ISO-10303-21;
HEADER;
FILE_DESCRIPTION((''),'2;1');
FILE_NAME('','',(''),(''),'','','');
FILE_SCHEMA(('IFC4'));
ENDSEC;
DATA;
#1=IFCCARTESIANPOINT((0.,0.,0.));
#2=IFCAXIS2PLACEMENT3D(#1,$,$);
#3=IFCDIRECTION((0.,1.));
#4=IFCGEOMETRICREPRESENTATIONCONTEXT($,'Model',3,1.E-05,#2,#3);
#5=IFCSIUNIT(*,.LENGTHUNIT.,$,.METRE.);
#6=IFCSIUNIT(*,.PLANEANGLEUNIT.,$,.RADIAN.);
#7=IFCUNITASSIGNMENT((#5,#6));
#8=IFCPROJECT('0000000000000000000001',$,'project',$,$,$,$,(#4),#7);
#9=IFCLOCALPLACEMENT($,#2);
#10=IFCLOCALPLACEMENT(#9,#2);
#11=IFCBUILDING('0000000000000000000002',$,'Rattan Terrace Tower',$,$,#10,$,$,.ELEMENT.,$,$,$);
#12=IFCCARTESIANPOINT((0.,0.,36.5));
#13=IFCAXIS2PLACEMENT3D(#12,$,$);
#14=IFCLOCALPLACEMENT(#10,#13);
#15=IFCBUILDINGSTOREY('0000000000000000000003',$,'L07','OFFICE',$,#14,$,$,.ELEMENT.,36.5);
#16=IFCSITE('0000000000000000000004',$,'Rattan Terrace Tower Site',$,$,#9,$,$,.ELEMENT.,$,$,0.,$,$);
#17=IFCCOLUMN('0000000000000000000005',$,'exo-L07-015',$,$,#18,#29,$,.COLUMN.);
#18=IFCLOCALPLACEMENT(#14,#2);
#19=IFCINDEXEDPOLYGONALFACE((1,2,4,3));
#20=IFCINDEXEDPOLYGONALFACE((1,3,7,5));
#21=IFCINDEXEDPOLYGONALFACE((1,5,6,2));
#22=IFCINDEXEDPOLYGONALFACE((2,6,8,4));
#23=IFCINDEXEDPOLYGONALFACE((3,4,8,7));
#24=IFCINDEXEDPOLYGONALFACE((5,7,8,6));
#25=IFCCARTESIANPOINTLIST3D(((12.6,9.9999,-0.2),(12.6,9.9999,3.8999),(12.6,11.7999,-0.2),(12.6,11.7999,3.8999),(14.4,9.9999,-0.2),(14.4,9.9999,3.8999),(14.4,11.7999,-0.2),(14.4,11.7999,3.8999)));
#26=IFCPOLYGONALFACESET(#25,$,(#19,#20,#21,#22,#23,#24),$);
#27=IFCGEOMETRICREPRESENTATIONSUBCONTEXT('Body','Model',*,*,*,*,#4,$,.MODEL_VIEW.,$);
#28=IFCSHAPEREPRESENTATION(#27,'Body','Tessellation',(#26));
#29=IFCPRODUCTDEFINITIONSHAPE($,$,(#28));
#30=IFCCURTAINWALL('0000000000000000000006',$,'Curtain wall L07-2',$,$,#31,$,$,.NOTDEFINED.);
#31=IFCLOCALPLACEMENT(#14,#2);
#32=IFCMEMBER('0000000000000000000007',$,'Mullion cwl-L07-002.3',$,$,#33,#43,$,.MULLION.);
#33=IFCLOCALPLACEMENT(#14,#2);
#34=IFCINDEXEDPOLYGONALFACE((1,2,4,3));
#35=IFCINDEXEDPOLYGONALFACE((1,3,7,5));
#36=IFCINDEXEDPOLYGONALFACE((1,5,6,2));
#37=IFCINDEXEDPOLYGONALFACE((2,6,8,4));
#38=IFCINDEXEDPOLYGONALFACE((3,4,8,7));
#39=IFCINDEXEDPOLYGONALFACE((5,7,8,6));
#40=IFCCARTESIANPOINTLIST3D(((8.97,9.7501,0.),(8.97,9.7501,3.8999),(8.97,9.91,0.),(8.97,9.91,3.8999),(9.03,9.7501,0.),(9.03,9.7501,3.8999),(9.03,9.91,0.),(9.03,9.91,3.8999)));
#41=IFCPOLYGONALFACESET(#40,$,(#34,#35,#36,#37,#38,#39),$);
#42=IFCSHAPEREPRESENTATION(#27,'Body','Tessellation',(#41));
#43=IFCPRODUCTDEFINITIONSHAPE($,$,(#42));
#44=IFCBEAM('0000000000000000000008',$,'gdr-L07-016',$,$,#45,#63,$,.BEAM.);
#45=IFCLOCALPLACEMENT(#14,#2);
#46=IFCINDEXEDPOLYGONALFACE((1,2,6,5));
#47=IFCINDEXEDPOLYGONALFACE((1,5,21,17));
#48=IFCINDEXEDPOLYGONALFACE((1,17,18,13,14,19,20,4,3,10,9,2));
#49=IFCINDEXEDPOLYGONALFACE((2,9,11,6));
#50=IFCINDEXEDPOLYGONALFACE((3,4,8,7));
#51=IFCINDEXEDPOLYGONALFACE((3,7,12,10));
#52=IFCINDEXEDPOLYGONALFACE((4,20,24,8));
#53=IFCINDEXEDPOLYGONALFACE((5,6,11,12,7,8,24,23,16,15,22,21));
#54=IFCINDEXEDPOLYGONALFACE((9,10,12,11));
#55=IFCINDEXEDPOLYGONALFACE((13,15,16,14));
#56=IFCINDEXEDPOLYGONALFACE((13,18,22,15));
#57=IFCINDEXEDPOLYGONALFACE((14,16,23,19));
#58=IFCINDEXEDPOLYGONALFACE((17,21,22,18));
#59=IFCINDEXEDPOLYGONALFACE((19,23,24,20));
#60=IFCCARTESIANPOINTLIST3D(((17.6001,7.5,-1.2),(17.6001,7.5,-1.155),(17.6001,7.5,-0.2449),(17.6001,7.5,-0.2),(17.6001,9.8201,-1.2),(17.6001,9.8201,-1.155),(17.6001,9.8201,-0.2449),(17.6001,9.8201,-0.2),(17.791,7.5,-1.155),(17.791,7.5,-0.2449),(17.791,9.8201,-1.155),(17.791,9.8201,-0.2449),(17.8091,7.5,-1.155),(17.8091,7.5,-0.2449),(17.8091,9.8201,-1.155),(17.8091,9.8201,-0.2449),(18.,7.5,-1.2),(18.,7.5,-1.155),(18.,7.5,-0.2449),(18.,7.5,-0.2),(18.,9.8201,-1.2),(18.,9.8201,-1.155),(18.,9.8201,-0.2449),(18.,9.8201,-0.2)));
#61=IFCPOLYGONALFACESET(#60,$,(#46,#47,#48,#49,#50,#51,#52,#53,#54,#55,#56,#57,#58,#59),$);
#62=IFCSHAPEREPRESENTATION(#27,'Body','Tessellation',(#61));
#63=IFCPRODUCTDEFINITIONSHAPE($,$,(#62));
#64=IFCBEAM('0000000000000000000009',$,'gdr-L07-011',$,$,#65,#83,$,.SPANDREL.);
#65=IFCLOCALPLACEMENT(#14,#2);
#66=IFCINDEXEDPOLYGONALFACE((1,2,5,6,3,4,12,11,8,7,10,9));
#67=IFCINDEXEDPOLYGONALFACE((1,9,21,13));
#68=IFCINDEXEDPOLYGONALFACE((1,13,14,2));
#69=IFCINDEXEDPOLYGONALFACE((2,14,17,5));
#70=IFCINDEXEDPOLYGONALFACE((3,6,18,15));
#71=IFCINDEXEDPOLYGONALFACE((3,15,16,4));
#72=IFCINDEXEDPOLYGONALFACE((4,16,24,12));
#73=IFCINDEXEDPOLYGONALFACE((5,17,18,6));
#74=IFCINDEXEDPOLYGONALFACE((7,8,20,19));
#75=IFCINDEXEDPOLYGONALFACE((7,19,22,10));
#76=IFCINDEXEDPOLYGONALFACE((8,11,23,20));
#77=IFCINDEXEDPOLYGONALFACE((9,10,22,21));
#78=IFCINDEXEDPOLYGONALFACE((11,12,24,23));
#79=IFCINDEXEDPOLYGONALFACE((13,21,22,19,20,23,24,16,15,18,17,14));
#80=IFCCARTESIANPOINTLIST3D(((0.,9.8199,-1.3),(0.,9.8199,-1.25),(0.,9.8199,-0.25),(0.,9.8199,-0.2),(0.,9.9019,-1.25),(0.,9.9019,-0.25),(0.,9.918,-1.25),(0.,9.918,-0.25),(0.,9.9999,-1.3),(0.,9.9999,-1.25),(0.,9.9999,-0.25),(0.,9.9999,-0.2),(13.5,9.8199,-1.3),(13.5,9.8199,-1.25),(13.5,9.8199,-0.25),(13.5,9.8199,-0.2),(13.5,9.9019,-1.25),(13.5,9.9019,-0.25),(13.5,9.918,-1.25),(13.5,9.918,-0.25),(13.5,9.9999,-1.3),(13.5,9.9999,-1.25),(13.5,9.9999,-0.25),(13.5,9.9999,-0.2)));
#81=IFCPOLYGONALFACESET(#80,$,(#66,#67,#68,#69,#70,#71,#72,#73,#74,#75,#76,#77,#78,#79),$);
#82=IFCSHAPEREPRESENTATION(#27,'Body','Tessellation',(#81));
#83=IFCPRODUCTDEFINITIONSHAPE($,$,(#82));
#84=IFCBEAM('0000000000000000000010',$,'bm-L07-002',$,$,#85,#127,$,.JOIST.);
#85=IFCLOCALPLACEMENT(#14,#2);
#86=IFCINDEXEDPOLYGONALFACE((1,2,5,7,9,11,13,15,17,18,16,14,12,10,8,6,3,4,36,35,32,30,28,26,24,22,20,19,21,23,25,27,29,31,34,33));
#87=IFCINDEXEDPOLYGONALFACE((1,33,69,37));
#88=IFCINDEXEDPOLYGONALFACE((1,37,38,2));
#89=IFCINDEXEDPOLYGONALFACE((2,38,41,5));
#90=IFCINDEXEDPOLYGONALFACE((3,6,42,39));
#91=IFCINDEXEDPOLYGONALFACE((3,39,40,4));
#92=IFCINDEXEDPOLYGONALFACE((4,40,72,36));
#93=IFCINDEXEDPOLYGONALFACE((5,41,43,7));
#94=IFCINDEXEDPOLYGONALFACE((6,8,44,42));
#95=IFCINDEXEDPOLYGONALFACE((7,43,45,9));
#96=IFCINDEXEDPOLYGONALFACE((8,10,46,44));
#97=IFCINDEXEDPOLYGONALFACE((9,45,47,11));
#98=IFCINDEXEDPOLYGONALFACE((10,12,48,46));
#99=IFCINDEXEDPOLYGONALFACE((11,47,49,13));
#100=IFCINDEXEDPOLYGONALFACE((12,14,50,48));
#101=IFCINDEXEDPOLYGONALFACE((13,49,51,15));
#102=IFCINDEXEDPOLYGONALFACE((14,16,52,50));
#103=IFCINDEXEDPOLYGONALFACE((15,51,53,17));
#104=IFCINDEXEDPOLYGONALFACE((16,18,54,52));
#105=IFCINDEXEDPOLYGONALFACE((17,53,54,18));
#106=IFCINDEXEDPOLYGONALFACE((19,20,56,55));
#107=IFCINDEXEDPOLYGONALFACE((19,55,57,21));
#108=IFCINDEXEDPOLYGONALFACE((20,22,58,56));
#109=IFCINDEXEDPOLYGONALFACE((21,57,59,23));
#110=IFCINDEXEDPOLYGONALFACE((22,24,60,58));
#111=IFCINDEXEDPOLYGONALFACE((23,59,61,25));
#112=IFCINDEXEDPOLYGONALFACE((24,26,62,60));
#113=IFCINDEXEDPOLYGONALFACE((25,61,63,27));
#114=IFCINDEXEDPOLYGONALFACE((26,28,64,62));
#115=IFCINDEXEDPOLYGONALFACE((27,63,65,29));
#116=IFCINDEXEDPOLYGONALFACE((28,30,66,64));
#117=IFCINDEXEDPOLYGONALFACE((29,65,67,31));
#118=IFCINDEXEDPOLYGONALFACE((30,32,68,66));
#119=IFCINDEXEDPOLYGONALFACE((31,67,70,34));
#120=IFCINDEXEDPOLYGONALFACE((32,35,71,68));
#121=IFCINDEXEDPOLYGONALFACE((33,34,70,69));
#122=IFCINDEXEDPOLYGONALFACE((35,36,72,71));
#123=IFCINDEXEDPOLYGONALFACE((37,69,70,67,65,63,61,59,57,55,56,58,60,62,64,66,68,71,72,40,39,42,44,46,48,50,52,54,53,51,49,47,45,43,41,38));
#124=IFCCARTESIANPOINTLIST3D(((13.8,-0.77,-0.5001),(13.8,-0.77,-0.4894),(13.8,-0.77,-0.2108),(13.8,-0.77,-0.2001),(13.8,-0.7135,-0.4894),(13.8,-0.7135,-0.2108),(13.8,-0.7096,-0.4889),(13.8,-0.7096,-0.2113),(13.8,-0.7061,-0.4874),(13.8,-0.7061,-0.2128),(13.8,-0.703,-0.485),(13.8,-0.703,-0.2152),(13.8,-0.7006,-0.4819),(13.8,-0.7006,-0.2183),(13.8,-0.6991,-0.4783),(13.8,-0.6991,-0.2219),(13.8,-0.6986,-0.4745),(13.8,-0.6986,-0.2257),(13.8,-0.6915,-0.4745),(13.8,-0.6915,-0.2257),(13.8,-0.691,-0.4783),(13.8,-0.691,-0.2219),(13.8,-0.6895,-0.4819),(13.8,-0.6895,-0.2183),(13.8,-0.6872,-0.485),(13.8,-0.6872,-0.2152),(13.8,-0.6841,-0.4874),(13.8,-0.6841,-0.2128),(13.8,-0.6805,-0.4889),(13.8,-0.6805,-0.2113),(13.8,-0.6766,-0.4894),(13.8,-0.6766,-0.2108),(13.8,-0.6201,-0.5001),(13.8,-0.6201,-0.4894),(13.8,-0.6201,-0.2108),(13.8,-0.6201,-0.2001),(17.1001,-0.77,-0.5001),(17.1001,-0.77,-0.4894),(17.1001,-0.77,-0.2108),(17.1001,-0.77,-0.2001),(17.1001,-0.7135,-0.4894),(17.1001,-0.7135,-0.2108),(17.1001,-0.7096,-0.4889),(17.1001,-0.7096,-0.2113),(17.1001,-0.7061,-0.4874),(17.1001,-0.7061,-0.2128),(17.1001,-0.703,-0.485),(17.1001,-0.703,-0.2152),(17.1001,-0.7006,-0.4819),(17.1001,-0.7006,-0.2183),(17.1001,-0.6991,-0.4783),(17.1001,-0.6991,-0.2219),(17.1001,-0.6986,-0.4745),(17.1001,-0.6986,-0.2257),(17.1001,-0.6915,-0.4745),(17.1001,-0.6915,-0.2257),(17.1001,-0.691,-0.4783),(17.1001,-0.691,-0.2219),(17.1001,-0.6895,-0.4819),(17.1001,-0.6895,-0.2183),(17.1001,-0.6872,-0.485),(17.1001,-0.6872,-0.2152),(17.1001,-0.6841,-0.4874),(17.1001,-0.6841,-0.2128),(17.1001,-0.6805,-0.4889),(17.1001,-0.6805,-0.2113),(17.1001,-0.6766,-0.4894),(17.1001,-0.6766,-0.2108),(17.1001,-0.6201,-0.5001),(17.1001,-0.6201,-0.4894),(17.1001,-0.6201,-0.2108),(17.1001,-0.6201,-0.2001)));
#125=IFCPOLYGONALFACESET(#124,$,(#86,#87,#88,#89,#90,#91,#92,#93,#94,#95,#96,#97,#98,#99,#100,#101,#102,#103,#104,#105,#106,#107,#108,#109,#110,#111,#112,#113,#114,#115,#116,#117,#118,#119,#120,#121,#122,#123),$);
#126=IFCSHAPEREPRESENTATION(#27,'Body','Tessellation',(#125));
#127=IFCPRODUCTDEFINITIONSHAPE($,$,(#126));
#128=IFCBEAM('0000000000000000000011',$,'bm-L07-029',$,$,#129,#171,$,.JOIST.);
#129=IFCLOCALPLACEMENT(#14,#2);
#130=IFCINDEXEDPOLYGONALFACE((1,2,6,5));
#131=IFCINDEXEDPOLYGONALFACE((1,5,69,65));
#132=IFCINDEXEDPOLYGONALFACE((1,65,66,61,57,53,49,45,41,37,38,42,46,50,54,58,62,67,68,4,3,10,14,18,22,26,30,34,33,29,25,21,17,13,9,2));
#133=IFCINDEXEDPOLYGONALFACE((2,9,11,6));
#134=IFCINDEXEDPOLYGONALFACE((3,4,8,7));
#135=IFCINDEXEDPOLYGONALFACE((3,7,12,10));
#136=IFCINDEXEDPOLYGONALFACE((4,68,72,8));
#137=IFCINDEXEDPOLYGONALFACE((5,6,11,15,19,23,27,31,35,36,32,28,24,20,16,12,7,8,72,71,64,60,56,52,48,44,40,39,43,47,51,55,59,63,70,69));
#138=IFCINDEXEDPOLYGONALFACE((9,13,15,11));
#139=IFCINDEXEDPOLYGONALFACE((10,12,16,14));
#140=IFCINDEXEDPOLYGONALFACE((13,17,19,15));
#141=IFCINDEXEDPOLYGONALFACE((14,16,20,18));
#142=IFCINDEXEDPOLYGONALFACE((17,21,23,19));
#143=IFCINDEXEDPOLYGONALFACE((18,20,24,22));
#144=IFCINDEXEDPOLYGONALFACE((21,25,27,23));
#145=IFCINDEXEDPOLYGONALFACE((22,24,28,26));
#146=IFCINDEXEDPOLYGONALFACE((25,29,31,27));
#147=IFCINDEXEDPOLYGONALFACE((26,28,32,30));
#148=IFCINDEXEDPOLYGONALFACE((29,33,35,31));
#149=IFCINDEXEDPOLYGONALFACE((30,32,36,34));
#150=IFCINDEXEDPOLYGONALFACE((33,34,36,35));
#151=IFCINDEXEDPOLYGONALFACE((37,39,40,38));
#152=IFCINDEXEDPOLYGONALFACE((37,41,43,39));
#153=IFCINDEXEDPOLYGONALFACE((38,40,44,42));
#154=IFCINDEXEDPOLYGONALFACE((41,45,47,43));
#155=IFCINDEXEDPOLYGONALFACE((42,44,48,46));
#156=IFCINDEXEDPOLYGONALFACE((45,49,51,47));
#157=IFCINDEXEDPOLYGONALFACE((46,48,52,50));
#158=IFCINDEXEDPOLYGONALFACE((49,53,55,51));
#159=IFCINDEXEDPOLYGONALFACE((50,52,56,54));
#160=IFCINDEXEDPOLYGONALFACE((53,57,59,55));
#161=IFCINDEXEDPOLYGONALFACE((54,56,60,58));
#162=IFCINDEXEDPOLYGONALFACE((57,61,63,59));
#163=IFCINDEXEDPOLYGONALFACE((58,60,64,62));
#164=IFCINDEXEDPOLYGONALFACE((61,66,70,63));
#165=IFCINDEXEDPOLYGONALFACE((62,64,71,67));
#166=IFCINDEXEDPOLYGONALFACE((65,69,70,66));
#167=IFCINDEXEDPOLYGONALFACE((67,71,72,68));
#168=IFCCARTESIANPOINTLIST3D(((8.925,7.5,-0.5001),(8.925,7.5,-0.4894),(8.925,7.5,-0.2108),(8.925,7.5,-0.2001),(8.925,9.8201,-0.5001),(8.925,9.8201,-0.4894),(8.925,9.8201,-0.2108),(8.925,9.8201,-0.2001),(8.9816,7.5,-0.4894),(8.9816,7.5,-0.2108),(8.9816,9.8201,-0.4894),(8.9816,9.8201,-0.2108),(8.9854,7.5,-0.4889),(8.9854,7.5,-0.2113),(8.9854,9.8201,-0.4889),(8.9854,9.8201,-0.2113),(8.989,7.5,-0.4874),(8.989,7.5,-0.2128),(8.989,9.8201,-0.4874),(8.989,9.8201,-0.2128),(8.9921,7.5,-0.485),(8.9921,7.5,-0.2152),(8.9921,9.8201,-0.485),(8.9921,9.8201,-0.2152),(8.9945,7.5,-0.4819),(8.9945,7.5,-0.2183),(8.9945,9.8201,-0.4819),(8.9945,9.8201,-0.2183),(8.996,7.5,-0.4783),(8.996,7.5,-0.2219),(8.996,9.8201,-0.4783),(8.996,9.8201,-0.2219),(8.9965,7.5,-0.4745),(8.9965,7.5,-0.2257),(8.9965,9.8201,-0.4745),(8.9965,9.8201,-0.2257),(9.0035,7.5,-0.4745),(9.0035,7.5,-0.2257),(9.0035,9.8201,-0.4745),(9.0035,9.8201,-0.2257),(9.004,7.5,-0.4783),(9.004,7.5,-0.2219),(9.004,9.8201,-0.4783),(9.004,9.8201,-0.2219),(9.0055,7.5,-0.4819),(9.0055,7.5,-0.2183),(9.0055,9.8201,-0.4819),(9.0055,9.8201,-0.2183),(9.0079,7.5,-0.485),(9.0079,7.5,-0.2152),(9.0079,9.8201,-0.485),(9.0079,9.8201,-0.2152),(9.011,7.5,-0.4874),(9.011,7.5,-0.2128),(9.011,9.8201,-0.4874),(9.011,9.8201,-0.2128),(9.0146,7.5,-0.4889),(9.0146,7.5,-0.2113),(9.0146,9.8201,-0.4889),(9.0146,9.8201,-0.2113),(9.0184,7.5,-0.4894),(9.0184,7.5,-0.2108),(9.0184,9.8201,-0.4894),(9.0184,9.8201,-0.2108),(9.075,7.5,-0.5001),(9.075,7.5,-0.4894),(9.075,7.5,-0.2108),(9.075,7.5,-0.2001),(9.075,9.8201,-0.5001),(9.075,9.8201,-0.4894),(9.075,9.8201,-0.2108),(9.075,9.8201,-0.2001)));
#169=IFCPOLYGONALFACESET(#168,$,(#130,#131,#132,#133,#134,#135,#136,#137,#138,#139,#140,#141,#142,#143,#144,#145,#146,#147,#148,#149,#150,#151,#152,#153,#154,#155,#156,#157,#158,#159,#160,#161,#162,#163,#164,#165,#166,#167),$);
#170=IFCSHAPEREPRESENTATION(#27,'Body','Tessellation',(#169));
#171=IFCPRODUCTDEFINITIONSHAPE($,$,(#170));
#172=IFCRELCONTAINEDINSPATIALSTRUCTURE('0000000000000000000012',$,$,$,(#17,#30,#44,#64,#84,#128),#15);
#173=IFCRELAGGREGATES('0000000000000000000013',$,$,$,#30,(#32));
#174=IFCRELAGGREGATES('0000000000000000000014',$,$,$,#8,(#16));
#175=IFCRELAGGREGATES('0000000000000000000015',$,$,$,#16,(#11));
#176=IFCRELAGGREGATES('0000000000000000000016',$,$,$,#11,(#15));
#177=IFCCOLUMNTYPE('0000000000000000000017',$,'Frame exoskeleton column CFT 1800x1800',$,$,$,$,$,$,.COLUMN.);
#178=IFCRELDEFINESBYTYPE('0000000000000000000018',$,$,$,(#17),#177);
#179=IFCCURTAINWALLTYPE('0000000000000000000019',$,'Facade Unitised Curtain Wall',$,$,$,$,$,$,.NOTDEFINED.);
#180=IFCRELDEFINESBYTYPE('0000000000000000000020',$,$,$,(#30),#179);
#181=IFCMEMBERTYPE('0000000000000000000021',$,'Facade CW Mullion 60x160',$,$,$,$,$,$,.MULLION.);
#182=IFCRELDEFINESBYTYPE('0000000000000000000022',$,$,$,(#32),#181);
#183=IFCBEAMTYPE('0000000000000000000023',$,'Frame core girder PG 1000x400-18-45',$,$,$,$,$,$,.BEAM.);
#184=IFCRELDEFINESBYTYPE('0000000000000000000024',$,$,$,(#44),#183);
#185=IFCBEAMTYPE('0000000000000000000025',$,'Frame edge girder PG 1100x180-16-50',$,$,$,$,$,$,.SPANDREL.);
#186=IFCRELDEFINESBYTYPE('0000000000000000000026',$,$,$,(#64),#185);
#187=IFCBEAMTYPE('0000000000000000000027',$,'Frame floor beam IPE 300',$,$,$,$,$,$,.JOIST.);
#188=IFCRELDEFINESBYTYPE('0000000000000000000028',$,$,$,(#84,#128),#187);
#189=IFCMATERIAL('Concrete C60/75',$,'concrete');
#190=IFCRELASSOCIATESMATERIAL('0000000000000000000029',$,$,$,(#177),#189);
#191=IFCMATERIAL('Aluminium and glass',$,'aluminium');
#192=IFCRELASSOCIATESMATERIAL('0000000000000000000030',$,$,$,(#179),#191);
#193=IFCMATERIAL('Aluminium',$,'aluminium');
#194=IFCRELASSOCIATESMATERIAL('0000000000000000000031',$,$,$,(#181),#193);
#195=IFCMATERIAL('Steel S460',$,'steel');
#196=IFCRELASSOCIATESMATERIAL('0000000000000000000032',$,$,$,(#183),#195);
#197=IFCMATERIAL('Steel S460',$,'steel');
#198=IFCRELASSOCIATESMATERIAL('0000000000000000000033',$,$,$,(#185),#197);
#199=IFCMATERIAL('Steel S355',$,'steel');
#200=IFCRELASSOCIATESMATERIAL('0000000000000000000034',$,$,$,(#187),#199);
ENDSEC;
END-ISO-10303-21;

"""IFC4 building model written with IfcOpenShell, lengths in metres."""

from ifc_helpers import new_model, si_unit, direction, frame, origin, origin_2d, place, context, subcontext, project, spatial, rectangle, i_section, extrude, material, material_profile, profile_set, type_object, element, aggregate, save


model = new_model("IFC4")

# Units and contexts
model_context = context("Model", 3, precision=1e-05, world=origin(), true_north=direction((0.0, 1.0)))
body_context = subcontext(model_context, "Body", "Model", "MODEL_VIEW")
ifc_project = project(units=[si_unit("LENGTHUNIT", "METRE"), si_unit("PLANEANGLEUNIT", "RADIAN")], contexts=[model_context])

# Site, building, storey
site_placement = place(None, origin())
site = spatial("IfcSite", under=ifc_project, at=site_placement, Name="Rattan Terrace Tower Site", CompositionType="ELEMENT", RefElevation=0.0)
building_placement = place(site_placement, origin())
building = spatial("IfcBuilding", under=site, at=building_placement, Name="Rattan Terrace Tower", CompositionType="ELEMENT")
storey_placement = place(building_placement, frame((0.0, 0.0, 36.5)))
storey = spatial("IfcBuildingStorey", under=building, at=storey_placement, Name="L07", Description="OFFICE", CompositionType="ELEMENT", Elevation=36.5)

# Column
ifc_material_1 = material(Name="Concrete C60/75", Category="concrete")
ifc_material_profile_1 = material_profile(ifc_material_1, rectangle(XDim=1.8, YDim=1.8, at=origin_2d()), Name="CFT 1800x1800")
ifc_profile_set_1 = profile_set([ifc_material_profile_1], Name="Concrete C60/75")
column_type = type_object("IfcColumnType", Name="Frame exoskeleton column CFT 1800x1800", PredefinedType="COLUMN", material=ifc_profile_set_1)
column_placement = place(storey_placement, frame((13.5, 10.8999, -0.2), z_axis=(0.0, 0.0, 1.0), x_axis=(1.0, 0.0, 0.0)))
element("IfcColumn", 1, at=column_placement, inside=storey, type_object=column_type, Name="exo-L07-015", PredefinedType="COLUMN", context=body_context, shape_type="SweptSolid", body=[
    extrude(rectangle(XDim=1.8, YDim=1.8, at=origin_2d()), origin(), (0.0, 0.0, 1.0), 4.0999),
])

# Curtain wall, member
ifc_material_2 = material(Name="Aluminium and glass", Category="aluminium")
curtain_wall_type = type_object("IfcCurtainWallType", Name="Facade Unitised Curtain Wall", PredefinedType="NOTDEFINED", material=ifc_material_2)
curtain_wall_placement = place(storey_placement, origin())
curtain_wall = element("IfcCurtainWall", 2, at=curtain_wall_placement, inside=storey, type_object=curtain_wall_type, Name="Curtain wall L07-2", PredefinedType="NOTDEFINED")
ifc_material_3 = material(Name="Aluminium", Category="aluminium")
ifc_material_profile_2 = material_profile(ifc_material_3, rectangle(XDim=0.0601, YDim=0.1599, at=origin_2d()), Name="Aluminium 60x160")
ifc_profile_set_2 = profile_set([ifc_material_profile_2], Name="Aluminium")
member_type = type_object("IfcMemberType", Name="Facade CW Mullion 60x160", PredefinedType="MULLION", material=ifc_profile_set_2)
member_placement = place(storey_placement, frame((9.0, 9.8301, 0.0), z_axis=(0.0, 0.0, 1.0), x_axis=(-1.0, 0.0, 0.0)))
member = element("IfcMember", 3, at=member_placement, type_object=member_type, Name="Mullion cwl-L07-002.3", PredefinedType="MULLION", context=body_context, shape_type="SweptSolid", body=[
    extrude(rectangle(XDim=0.0601, YDim=0.1599, at=origin_2d()), origin(), (0.0, 0.0, 1.0), 3.8999),
])

# Beams
ifc_material_4 = material(Name="Steel S460", Category="steel")
ifc_material_profile_3 = material_profile(ifc_material_4, i_section(OverallWidth=0.3999, OverallDepth=1.0, WebThickness=0.0181, FlangeThickness=0.0449, at=origin_2d()), Name="PG 1000x400-18-45")
ifc_profile_set_3 = profile_set([ifc_material_profile_3], Name="Steel S460")
beam_type_1 = type_object("IfcBeamType", Name="Frame core girder PG 1000x400-18-45", PredefinedType="BEAM", material=ifc_profile_set_3)
beam_1_placement = place(storey_placement, frame((17.8, 7.5, -0.7), z_axis=(0.0, 1.0, 0.0), x_axis=(-1.0, 0.0, 0.0)))
element("IfcBeam", 4, at=beam_1_placement, inside=storey, type_object=beam_type_1, Name="gdr-L07-016", PredefinedType="BEAM", context=body_context, shape_type="SweptSolid", body=[
    extrude(i_section(OverallWidth=0.3999, OverallDepth=1.0, WebThickness=0.0181, FlangeThickness=0.0449, at=origin_2d()), origin(), (0.0, 0.0, 1.0), 2.3201),
])
ifc_material_5 = material(Name="Steel S460", Category="steel")
ifc_material_profile_4 = material_profile(ifc_material_5, i_section(OverallWidth=0.1799, OverallDepth=1.1001, WebThickness=0.0161, FlangeThickness=0.05, at=origin_2d()), Name="PG 1100x180-16-50")
ifc_profile_set_4 = profile_set([ifc_material_profile_4], Name="Steel S460")
beam_type_2 = type_object("IfcBeamType", Name="Frame edge girder PG 1100x180-16-50", PredefinedType="SPANDREL", material=ifc_profile_set_4)
beam_2_placement = place(storey_placement, frame((13.5, 9.9099, -0.75), z_axis=(-1.0, 0.0, 0.0), x_axis=(0.0, -1.0, 0.0)))
element("IfcBeam", 5, at=beam_2_placement, inside=storey, type_object=beam_type_2, Name="gdr-L07-011", PredefinedType="SPANDREL", context=body_context, shape_type="SweptSolid", body=[
    extrude(i_section(OverallWidth=0.1799, OverallDepth=1.1001, WebThickness=0.0161, FlangeThickness=0.05, at=origin_2d()), origin(), (0.0, 0.0, 1.0), 13.5),
])
ifc_material_6 = material(Name="Steel S355", Category="steel")
ifc_material_profile_5 = material_profile(ifc_material_6, i_section(OverallWidth=0.1499, OverallDepth=0.3, WebThickness=0.0071, FlangeThickness=0.0107, FilletRadius=0.0149, at=origin_2d()), Name="IPE 300")
ifc_profile_set_5 = profile_set([ifc_material_profile_5], Name="Steel S355")
beam_type_3 = type_object("IfcBeamType", Name="Frame floor beam IPE 300", PredefinedType="JOIST", material=ifc_profile_set_5)
beam_3_placement = place(storey_placement, frame((13.8, -0.6951, -0.3501), z_axis=(1.0, 0.0, 0.0), x_axis=(0.0, 1.0, 0.0)))
element("IfcBeam", 6, at=beam_3_placement, inside=storey, type_object=beam_type_3, Name="bm-L07-002", PredefinedType="JOIST", context=body_context, shape_type="SweptSolid", body=[
    extrude(i_section(OverallWidth=0.1499, OverallDepth=0.3, WebThickness=0.0071, FlangeThickness=0.0107, FilletRadius=0.0149, at=origin_2d()), origin(), (0.0, 0.0, 1.0), 3.3),
])
for number, where, z_axis, x_axis, name in (
    (7, (9.0, 7.5, -0.3501), (0.0, 1.0, 0.0), (-1.0, 0.0, 0.0), "bm-L07-029"),
):
    element("IfcBeam", number, at=place(storey_placement, frame(where, z_axis=z_axis, x_axis=x_axis)), inside=storey, type_object=beam_type_3, Name=name, PredefinedType="JOIST", context=body_context, shape_type="SweptSolid", body=[
        extrude(i_section(OverallWidth=0.1499, OverallDepth=0.3, WebThickness=0.0071, FlangeThickness=0.0107, FilletRadius=0.0149, at=origin_2d()), origin(), (0.0, 0.0, 1.0), 2.3201),
    ])

aggregate(curtain_wall, [member])

save(model, "model.ifc")
